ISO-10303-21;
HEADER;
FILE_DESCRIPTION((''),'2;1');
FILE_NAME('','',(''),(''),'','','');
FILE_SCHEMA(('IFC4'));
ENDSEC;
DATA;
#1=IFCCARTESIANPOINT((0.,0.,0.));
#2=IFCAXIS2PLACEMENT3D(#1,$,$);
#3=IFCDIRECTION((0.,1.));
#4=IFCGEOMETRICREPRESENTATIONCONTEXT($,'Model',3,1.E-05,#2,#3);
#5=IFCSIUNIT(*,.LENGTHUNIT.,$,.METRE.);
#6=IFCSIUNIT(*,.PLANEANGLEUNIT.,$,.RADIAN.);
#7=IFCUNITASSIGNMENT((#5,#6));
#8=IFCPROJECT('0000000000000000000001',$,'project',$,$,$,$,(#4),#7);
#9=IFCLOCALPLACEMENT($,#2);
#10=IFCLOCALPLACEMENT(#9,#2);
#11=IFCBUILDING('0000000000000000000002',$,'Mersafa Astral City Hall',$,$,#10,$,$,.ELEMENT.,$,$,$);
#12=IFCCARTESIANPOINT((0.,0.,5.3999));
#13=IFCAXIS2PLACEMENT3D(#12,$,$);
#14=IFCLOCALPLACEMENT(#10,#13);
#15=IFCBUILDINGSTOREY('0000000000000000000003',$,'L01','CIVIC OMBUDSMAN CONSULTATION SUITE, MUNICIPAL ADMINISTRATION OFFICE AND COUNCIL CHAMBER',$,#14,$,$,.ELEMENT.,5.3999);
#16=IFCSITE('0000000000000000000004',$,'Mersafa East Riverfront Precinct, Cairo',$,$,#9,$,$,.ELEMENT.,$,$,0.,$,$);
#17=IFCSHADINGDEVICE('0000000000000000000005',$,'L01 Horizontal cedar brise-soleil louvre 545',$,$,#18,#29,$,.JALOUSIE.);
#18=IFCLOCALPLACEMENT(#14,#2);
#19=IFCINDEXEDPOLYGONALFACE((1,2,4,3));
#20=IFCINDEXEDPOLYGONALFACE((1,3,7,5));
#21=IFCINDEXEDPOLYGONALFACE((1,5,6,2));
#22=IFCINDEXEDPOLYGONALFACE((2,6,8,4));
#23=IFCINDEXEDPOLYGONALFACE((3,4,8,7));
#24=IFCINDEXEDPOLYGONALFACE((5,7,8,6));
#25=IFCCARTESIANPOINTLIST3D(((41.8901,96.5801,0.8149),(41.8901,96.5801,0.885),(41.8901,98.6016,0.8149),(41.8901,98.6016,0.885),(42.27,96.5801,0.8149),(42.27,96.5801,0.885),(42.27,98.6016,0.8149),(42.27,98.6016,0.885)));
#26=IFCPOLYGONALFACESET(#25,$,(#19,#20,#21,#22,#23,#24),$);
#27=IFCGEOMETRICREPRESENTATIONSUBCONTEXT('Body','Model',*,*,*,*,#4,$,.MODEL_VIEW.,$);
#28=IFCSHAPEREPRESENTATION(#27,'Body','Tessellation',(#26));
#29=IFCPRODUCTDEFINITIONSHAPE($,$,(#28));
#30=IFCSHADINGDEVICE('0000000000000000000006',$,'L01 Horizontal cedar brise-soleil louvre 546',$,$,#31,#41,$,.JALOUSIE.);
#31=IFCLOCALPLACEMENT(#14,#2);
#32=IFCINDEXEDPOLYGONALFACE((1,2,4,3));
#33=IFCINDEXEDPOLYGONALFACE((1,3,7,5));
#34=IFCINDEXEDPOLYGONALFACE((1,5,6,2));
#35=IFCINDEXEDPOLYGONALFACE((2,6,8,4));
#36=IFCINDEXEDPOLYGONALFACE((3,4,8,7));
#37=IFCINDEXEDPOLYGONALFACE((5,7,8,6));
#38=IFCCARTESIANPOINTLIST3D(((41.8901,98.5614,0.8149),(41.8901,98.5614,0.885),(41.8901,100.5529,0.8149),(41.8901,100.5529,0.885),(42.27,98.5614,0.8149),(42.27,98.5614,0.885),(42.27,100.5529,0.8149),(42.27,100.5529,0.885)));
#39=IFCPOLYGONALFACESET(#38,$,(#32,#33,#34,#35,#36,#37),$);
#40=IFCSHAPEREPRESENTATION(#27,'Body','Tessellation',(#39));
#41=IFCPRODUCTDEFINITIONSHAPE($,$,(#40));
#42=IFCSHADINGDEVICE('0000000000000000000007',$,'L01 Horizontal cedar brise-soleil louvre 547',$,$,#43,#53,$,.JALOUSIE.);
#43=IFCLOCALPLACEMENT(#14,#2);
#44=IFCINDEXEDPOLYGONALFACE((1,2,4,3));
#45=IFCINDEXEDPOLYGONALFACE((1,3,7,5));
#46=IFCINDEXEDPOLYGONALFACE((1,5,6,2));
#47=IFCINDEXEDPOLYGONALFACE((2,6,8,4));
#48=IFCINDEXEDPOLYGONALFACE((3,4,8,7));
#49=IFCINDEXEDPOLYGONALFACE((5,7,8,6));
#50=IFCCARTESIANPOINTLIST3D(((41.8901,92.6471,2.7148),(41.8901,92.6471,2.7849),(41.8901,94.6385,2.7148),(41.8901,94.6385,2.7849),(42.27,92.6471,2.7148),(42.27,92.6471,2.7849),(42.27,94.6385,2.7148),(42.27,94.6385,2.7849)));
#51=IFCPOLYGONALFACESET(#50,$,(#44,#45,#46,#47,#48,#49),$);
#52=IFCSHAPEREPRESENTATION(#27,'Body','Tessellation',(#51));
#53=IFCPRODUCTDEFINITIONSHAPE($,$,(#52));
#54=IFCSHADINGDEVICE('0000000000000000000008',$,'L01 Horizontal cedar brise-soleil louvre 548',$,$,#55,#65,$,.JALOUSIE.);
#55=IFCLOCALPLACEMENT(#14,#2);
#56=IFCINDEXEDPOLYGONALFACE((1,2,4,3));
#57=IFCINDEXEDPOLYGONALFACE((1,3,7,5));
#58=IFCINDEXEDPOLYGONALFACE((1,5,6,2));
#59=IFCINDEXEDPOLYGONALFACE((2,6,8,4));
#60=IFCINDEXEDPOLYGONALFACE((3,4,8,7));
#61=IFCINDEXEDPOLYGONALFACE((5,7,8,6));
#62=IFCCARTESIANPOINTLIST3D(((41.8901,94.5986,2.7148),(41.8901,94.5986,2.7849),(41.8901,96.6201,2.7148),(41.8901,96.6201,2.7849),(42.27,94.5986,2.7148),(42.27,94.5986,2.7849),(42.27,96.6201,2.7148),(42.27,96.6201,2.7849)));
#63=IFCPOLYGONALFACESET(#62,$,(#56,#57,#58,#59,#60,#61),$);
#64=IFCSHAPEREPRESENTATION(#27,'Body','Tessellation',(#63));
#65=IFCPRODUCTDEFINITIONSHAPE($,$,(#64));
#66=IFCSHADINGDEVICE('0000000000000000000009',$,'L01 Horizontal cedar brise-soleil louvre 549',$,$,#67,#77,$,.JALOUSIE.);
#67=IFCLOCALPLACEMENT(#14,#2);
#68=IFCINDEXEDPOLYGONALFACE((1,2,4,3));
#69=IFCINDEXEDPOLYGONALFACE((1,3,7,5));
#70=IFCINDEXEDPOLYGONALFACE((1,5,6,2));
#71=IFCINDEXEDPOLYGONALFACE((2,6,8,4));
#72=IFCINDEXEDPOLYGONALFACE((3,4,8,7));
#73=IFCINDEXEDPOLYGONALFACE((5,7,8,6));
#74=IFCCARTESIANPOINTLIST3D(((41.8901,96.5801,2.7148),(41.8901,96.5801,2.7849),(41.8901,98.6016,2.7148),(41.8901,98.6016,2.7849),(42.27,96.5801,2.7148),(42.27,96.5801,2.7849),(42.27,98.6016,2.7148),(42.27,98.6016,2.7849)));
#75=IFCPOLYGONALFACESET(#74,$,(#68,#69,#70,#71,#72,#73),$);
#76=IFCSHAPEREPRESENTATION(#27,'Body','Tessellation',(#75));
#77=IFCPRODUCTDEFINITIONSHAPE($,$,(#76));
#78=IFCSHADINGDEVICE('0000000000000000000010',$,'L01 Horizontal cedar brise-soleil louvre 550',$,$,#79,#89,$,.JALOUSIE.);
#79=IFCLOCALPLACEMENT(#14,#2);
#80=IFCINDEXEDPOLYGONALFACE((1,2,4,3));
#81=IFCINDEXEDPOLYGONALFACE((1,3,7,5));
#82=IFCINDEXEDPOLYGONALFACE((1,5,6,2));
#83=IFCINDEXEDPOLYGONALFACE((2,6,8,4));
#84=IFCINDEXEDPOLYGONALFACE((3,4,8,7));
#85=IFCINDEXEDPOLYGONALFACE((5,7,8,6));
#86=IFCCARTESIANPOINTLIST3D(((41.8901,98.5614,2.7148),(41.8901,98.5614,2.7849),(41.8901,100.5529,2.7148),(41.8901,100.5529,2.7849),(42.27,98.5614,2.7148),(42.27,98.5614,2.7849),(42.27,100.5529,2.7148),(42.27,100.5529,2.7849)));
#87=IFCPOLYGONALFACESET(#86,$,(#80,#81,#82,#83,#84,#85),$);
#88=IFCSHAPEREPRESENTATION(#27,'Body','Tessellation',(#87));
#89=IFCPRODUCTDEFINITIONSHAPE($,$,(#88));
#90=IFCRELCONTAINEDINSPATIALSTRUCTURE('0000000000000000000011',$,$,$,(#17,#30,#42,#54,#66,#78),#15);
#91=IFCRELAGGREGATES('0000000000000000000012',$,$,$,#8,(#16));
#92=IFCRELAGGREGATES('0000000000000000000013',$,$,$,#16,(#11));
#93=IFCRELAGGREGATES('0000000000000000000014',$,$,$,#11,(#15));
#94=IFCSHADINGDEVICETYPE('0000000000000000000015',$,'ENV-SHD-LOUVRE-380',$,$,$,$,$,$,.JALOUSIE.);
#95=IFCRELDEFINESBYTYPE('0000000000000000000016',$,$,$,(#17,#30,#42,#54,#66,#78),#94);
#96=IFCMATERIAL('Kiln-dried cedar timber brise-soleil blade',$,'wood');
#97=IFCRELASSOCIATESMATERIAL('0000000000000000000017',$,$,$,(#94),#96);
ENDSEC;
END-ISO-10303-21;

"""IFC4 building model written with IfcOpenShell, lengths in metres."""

from ifc_helpers import new_model, si_unit, direction, frame, origin, origin_2d, place, context, subcontext, project, spatial, rectangle, extrude, material, type_object, element, save


model = new_model("IFC4")

# Units and contexts
model_context = context("Model", 3, precision=1e-05, world=origin(), true_north=direction((0.0, 1.0)))
body_context = subcontext(model_context, "Body", "Model", "MODEL_VIEW")
ifc_project = project(units=[si_unit("LENGTHUNIT", "METRE"), si_unit("PLANEANGLEUNIT", "RADIAN")], contexts=[model_context])

# Site, building, storey
site_placement = place(None, origin())
site = spatial("IfcSite", under=ifc_project, at=site_placement, Name="Mersafa East Riverfront Precinct, Cairo", CompositionType="ELEMENT", RefElevation=0.0)
building_placement = place(site_placement, origin())
building = spatial("IfcBuilding", under=site, at=building_placement, Name="Mersafa Astral City Hall", CompositionType="ELEMENT")
storey_placement = place(building_placement, frame((0.0, 0.0, 5.3999)))
storey = spatial("IfcBuildingStorey", under=building, at=storey_placement, Name="L01", Description="CIVIC OMBUDSMAN CONSULTATION SUITE, MUNICIPAL ADMINISTRATION OFFICE AND COUNCIL CHAMBER", CompositionType="ELEMENT", Elevation=5.3999)

# Shading devices
ifc_material_1 = material(Name="Kiln-dried cedar timber brise-soleil blade", Category="wood")
shading_device_type = type_object("IfcShadingDeviceType", Name="ENV-SHD-LOUVRE-380", PredefinedType="JALOUSIE", material=ifc_material_1)
for number, where, z_axis, x_axis, name in (
    (1, (42.0801, 97.5908, 0.8149), (0.0, 0.0, 1.0), (0.0, 1.0, 0.0), "L01 Horizontal cedar brise-soleil louvre 545"),
):
    element("IfcShadingDevice", number, at=place(storey_placement, frame(where, z_axis=z_axis, x_axis=x_axis)), inside=storey, type_object=shading_device_type, Name=name, PredefinedType="JALOUSIE", context=body_context, shape_type="SweptSolid", body=[
        extrude(rectangle(XDim=2.0215, YDim=0.3799, at=origin_2d()), origin(), (0.0, 0.0, 1.0), 0.0701),
    ])
for number, where, z_axis, x_axis, name in (
    (2, (42.0801, 99.5571, 0.8149), (0.0, 0.0, 1.0), (0.0, 1.0, 0.0), "L01 Horizontal cedar brise-soleil louvre 546"),
    (3, (42.0801, 93.6428, 2.7148), (0.0, 0.0, 1.0), (0.0, 1.0, 0.0), "L01 Horizontal cedar brise-soleil louvre 547"),
):
    element("IfcShadingDevice", number, at=place(storey_placement, frame(where, z_axis=z_axis, x_axis=x_axis)), inside=storey, type_object=shading_device_type, Name=name, PredefinedType="JALOUSIE", context=body_context, shape_type="SweptSolid", body=[
        extrude(rectangle(XDim=1.9915, YDim=0.3799, at=origin_2d()), origin(), (0.0, 0.0, 1.0), 0.0701),
    ])
for number, where, z_axis, x_axis, name in (
    (4, (42.0801, 95.6094, 2.7148), (0.0, 0.0, 1.0), (0.0, 1.0, 0.0), "L01 Horizontal cedar brise-soleil louvre 548"),
    (5, (42.0801, 97.5908, 2.7148), (0.0, 0.0, 1.0), (0.0, 1.0, 0.0), "L01 Horizontal cedar brise-soleil louvre 549"),
):
    element("IfcShadingDevice", number, at=place(storey_placement, frame(where, z_axis=z_axis, x_axis=x_axis)), inside=storey, type_object=shading_device_type, Name=name, PredefinedType="JALOUSIE", context=body_context, shape_type="SweptSolid", body=[
        extrude(rectangle(XDim=2.0215, YDim=0.3799, at=origin_2d()), origin(), (0.0, 0.0, 1.0), 0.0701),
    ])
shading_device_1_placement = place(storey_placement, frame((42.0801, 99.5571, 2.7148), z_axis=(0.0, 0.0, 1.0), x_axis=(0.0, 1.0, 0.0)))
element("IfcShadingDevice", 6, at=shading_device_1_placement, inside=storey, type_object=shading_device_type, Name="L01 Horizontal cedar brise-soleil louvre 550", PredefinedType="JALOUSIE", context=body_context, shape_type="SweptSolid", body=[
    extrude(rectangle(XDim=1.9915, YDim=0.3799, at=origin_2d()), origin(), (0.0, 0.0, 1.0), 0.0701),
])

save(model, "model.ifc")
